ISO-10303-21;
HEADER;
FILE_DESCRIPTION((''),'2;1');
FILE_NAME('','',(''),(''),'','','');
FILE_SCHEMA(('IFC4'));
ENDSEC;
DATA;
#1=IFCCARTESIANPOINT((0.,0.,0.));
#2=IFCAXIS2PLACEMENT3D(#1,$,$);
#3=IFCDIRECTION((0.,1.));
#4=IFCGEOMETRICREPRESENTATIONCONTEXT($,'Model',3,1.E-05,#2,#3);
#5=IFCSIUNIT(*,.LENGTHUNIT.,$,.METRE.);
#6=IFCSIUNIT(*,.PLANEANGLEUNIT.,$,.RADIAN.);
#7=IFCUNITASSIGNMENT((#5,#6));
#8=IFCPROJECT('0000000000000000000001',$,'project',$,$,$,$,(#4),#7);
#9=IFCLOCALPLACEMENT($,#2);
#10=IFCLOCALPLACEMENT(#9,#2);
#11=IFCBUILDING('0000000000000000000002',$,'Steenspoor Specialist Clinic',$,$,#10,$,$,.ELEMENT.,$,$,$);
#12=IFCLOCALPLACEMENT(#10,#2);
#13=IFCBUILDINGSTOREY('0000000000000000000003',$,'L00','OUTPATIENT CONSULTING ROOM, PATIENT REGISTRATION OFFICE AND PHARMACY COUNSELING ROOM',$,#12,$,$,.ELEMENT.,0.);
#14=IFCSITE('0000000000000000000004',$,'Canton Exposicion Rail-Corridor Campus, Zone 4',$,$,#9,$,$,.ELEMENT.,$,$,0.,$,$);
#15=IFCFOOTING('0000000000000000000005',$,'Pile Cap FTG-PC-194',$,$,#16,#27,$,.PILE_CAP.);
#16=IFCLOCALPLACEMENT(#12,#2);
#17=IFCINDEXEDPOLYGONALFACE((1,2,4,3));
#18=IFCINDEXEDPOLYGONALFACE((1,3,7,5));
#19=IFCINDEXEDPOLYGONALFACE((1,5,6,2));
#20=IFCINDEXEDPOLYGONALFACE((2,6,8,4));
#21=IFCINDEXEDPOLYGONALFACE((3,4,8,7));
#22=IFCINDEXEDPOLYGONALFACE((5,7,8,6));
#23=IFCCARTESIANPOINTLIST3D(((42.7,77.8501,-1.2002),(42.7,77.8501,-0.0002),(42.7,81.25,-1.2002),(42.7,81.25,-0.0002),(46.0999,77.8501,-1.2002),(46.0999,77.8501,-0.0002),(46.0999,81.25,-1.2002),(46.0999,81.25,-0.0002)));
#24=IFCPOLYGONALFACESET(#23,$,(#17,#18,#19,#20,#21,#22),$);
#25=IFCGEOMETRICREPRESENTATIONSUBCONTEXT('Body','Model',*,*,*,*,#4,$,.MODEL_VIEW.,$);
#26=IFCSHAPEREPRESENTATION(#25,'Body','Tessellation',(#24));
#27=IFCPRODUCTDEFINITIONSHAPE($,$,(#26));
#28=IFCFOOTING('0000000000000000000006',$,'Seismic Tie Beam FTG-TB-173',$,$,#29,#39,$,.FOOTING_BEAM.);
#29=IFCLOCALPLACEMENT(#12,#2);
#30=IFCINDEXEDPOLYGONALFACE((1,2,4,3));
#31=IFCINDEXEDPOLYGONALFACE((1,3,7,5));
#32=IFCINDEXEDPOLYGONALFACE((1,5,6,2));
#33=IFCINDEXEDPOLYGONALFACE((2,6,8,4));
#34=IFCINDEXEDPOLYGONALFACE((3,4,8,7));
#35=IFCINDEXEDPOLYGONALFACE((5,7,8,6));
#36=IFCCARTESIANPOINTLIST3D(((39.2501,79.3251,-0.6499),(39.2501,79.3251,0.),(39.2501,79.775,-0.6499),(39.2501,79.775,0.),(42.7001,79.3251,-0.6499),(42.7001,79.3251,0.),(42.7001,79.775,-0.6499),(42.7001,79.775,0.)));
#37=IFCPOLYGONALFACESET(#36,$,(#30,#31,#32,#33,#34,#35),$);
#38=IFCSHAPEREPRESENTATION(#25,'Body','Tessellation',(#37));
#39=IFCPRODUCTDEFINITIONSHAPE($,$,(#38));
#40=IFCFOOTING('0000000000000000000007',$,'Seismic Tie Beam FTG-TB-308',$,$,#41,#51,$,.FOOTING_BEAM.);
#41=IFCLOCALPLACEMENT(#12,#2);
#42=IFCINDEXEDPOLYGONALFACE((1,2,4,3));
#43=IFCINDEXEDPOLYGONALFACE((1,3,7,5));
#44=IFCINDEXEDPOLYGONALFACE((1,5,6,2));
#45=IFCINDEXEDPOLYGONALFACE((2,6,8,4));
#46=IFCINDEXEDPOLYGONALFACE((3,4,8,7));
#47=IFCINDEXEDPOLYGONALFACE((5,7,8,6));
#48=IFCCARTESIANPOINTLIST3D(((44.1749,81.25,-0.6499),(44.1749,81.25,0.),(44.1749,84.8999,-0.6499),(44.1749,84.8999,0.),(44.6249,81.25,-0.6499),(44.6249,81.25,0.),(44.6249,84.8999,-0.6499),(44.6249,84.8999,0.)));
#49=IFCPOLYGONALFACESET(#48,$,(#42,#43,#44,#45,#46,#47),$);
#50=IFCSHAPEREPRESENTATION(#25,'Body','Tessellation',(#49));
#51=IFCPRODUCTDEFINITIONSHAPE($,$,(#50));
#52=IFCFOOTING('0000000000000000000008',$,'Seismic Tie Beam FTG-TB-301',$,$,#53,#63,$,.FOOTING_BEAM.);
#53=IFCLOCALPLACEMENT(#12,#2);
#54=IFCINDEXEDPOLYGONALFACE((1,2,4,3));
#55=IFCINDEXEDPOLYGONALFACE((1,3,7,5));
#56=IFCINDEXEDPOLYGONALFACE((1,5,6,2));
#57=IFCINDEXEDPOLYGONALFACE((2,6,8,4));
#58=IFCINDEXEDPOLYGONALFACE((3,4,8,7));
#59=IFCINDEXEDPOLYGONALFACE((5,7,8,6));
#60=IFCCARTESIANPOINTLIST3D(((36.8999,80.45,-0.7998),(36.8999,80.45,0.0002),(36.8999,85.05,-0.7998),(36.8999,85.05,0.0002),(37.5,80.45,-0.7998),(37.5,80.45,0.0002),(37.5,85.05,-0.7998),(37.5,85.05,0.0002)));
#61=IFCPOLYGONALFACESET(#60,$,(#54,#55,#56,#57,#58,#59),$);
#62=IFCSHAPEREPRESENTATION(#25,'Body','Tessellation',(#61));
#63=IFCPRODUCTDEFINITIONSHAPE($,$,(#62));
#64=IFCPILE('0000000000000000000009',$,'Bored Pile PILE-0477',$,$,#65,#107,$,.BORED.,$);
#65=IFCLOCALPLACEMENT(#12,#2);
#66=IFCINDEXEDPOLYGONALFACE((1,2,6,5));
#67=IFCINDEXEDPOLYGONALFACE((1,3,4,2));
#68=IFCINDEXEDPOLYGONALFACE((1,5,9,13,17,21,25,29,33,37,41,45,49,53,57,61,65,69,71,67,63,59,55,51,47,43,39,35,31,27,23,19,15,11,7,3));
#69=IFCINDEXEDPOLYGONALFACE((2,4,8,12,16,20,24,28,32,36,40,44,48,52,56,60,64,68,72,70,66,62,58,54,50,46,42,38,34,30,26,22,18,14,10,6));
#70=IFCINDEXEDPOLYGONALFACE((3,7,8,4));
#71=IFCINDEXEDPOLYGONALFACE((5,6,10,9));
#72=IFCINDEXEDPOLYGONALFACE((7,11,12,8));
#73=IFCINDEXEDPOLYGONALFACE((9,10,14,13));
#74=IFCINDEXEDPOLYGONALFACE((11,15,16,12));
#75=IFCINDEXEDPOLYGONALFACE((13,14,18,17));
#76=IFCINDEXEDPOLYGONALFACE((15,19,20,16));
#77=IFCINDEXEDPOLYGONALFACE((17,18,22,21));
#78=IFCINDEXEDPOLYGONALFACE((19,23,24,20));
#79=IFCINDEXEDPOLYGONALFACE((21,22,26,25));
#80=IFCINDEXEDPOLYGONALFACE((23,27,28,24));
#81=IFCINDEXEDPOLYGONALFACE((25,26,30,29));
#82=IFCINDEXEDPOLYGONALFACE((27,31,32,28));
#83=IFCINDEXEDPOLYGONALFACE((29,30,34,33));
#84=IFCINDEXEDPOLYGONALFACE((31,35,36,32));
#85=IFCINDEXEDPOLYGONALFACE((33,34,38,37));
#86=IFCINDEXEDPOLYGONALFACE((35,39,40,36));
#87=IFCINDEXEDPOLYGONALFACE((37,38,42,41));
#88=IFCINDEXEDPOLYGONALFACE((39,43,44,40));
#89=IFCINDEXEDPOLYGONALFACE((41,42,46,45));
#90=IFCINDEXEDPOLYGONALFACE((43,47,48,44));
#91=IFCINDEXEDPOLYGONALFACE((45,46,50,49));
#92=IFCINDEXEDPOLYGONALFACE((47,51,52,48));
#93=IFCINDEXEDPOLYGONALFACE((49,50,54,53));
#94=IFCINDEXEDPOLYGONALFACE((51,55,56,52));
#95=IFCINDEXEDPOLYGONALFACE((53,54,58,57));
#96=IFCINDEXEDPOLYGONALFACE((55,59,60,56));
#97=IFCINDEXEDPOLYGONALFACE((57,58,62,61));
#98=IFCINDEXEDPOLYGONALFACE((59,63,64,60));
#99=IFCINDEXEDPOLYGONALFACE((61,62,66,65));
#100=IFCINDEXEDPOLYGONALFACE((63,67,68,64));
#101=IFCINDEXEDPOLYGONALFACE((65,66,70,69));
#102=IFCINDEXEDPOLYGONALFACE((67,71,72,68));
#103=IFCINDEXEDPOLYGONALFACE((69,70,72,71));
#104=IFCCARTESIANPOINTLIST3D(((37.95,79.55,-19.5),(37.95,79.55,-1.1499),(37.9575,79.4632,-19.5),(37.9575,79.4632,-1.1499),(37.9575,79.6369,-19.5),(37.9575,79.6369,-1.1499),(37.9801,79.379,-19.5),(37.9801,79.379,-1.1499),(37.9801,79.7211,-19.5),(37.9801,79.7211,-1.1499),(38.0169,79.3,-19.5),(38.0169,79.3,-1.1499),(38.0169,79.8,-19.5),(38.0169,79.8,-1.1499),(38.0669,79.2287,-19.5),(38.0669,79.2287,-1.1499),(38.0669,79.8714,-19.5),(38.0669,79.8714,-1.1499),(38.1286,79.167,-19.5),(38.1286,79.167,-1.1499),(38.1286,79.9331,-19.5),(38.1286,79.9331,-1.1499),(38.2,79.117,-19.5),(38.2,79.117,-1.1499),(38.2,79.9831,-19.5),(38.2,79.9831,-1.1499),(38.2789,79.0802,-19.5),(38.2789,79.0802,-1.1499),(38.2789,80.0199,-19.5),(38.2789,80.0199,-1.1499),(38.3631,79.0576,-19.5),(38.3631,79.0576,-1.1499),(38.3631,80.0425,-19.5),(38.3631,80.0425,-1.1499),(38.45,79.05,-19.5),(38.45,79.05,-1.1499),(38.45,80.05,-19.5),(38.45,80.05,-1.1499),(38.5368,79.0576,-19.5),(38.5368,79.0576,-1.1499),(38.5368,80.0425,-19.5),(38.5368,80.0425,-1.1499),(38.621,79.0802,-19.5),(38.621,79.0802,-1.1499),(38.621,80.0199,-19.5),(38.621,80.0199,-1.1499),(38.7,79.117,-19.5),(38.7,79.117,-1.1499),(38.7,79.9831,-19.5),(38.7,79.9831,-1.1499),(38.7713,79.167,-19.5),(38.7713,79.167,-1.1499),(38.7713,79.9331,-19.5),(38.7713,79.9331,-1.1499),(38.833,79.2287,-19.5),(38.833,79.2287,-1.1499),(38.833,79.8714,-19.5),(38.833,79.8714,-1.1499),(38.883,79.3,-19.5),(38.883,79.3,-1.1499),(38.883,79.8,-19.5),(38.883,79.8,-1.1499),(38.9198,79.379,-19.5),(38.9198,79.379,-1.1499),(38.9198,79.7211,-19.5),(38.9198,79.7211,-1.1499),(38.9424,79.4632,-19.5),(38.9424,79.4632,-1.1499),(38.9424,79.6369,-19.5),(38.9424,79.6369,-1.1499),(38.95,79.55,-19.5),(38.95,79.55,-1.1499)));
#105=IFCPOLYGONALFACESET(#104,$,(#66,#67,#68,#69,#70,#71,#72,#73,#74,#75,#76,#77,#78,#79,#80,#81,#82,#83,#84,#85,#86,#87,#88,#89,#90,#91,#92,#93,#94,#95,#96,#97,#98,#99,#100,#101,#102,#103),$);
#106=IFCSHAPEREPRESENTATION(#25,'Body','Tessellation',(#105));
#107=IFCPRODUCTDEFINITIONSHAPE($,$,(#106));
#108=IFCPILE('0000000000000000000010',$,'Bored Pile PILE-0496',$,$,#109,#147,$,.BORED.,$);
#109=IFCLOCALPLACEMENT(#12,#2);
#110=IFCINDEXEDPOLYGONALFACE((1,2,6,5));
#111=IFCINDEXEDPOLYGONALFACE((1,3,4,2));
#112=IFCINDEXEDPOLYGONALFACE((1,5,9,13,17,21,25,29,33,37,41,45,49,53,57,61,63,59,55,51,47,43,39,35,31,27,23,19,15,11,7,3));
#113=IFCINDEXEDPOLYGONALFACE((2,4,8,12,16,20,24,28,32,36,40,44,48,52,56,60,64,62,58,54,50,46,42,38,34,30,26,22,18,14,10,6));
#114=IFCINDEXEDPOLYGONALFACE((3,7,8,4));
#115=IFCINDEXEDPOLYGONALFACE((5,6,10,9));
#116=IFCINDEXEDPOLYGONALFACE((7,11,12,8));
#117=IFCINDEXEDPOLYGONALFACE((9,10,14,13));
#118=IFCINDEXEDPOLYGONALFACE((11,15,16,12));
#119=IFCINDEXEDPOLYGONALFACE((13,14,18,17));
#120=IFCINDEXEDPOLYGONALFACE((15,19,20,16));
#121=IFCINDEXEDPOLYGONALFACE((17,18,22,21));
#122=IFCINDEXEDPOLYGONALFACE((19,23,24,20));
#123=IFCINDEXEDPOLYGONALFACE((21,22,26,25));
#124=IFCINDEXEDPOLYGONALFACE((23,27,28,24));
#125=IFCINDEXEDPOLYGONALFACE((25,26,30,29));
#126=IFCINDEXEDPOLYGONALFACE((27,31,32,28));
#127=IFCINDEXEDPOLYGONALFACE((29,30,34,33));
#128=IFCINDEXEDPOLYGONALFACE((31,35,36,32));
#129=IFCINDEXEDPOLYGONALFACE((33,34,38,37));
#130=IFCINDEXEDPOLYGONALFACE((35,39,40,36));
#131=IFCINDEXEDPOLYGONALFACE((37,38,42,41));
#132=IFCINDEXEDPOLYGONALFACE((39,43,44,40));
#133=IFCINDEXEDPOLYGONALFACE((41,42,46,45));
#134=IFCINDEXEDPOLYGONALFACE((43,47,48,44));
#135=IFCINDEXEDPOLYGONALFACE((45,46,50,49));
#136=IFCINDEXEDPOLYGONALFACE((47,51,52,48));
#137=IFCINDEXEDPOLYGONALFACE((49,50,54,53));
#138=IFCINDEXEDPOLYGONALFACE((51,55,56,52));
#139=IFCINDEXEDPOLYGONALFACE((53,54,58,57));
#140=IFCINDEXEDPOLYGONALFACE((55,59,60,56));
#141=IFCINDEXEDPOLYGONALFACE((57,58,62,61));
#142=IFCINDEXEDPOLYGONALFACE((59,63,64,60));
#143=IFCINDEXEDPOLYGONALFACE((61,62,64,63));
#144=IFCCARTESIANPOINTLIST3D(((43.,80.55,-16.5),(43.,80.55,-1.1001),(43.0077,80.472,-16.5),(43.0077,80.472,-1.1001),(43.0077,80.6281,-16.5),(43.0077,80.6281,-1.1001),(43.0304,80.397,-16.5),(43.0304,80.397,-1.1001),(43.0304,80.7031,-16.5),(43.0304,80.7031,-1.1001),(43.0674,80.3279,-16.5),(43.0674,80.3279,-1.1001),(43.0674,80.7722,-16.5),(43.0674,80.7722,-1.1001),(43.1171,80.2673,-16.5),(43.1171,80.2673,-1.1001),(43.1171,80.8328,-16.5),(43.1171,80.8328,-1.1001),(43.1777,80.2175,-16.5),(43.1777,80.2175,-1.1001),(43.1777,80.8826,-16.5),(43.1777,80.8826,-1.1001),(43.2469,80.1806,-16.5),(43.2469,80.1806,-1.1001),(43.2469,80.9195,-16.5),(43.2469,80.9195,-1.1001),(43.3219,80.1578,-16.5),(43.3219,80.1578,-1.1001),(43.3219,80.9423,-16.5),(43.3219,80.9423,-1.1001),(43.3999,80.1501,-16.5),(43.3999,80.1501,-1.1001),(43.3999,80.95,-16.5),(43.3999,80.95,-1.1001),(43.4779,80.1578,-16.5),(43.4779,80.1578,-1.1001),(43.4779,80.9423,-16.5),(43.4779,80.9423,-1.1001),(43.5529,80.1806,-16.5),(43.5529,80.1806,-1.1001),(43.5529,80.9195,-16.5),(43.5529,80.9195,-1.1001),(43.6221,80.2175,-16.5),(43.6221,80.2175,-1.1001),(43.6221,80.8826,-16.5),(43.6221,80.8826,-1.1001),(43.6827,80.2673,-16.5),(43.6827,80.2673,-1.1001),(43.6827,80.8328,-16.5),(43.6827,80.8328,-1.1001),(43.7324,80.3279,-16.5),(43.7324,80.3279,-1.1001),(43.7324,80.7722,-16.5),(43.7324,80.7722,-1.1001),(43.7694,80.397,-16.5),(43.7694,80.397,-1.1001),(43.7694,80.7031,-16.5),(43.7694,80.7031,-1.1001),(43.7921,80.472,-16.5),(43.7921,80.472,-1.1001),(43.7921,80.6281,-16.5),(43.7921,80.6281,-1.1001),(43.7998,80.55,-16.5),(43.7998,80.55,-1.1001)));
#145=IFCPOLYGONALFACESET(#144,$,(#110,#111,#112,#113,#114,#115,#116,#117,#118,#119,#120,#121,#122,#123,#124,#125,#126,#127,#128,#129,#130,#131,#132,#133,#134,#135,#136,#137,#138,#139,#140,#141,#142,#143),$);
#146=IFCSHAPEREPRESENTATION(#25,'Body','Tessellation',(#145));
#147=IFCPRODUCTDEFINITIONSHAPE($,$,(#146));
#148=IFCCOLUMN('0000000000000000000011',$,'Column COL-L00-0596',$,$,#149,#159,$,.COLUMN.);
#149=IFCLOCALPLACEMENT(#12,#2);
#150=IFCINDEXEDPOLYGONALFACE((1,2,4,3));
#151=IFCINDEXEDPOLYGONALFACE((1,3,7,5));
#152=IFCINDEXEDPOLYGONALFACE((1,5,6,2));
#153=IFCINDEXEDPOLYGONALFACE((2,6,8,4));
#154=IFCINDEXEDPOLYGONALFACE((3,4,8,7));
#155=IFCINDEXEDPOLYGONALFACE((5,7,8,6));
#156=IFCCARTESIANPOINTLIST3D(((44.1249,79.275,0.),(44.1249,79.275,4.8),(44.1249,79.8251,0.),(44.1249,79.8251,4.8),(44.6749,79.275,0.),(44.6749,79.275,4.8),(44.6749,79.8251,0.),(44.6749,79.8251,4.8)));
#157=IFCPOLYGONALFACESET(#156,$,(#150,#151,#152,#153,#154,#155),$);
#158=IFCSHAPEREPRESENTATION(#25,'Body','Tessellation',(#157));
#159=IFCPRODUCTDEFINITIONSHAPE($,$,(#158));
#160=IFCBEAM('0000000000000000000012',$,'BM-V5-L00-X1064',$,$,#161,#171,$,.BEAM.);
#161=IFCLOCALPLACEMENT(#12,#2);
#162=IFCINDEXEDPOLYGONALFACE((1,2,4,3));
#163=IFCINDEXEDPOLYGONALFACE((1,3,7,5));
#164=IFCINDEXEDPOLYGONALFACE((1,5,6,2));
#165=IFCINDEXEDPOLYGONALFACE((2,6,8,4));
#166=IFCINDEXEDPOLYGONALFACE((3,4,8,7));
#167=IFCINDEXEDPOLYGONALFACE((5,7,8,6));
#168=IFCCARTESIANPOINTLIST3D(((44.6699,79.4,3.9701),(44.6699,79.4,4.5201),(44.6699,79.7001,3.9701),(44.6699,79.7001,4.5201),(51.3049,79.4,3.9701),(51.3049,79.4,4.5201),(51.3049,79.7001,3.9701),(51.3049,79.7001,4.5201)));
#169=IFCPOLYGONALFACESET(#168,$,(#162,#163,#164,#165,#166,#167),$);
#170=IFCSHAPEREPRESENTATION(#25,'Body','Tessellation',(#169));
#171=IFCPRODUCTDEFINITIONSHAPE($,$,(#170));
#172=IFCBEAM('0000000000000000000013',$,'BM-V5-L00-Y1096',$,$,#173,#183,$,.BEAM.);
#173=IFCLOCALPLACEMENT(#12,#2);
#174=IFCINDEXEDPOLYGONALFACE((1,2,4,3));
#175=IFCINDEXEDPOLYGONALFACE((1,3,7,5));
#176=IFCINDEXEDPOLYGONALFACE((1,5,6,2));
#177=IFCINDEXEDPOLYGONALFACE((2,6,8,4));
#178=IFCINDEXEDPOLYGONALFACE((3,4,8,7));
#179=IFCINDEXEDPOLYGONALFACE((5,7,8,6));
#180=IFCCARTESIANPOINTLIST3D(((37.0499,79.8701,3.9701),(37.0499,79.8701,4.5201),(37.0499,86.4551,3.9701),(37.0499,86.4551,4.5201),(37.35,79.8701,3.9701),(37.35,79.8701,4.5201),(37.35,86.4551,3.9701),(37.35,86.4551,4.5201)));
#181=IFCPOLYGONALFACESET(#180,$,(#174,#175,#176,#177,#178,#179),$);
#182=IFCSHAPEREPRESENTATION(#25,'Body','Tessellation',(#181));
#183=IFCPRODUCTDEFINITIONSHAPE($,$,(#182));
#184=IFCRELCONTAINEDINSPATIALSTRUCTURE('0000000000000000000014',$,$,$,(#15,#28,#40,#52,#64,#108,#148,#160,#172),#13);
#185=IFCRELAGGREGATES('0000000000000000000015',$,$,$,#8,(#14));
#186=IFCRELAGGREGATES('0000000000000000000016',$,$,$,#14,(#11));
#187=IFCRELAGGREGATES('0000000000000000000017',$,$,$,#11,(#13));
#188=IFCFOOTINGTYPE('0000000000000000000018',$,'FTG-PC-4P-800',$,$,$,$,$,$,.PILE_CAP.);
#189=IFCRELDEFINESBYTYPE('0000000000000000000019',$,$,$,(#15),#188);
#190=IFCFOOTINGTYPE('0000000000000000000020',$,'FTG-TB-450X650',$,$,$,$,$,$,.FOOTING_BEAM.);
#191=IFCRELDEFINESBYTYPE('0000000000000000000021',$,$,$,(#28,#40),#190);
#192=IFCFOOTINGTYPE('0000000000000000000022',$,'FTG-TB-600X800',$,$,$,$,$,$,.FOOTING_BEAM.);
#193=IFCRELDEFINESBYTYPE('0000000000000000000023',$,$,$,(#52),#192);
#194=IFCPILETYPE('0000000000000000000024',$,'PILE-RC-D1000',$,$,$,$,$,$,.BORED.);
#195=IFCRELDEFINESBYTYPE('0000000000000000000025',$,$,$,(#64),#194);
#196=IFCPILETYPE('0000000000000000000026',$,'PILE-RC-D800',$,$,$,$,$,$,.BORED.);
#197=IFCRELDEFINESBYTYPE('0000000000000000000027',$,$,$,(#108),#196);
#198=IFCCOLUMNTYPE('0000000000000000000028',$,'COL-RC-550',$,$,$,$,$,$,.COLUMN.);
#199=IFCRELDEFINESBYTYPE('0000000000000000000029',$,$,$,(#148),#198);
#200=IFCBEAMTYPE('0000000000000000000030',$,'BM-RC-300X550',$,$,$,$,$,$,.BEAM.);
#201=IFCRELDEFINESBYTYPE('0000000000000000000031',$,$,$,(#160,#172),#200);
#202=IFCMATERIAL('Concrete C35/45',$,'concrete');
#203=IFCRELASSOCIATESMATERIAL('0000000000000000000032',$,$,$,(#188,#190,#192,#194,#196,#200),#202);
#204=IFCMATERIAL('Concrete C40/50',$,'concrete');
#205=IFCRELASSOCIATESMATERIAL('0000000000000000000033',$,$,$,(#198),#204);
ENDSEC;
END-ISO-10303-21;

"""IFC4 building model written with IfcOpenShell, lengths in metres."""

from ifc_helpers import new_model, si_unit, direction, frame, origin, origin_2d, place, context, subcontext, project, spatial, rectangle, circle, extrude, material, material_profile, profile_set, type_object, element, save


model = new_model("IFC4")

# Units and contexts
model_context = context("Model", 3, precision=1e-05, world=origin(), true_north=direction((0.0, 1.0)))
body_context = subcontext(model_context, "Body", "Model", "MODEL_VIEW")
ifc_project = project(units=[si_unit("LENGTHUNIT", "METRE"), si_unit("PLANEANGLEUNIT", "RADIAN")], contexts=[model_context])

# Site, building, storey
site_placement = place(None, origin())
site = spatial("IfcSite", under=ifc_project, at=site_placement, Name="Canton Exposicion Rail-Corridor Campus, Zone 4", CompositionType="ELEMENT", RefElevation=0.0)
building_placement = place(site_placement, origin())
building = spatial("IfcBuilding", under=site, at=building_placement, Name="Steenspoor Specialist Clinic", CompositionType="ELEMENT")
storey_placement = place(building_placement, origin())
storey = spatial("IfcBuildingStorey", under=building, at=storey_placement, Name="L00", Description="OUTPATIENT CONSULTING ROOM, PATIENT REGISTRATION OFFICE AND PHARMACY COUNSELING ROOM", CompositionType="ELEMENT", Elevation=0.0)

# Footings
ifc_material_1 = material(Name="Concrete C35/45", Category="concrete")
footing_type_1 = type_object("IfcFootingType", Name="FTG-PC-4P-800", PredefinedType="PILE_CAP", material=ifc_material_1)
footing_1_placement = place(storey_placement, frame((44.3999, 79.55, -1.2002), z_axis=(0.0, 0.0, 1.0), x_axis=(1.0, 0.0, 0.0)))
element("IfcFooting", 1, at=footing_1_placement, inside=storey, type_object=footing_type_1, Name="Pile Cap FTG-PC-194", PredefinedType="PILE_CAP", context=body_context, shape_type="SweptSolid", body=[
    extrude(rectangle(XDim=3.3999, YDim=3.3999, at=origin_2d()), origin(), (0.0, 0.0, 1.0), 1.2),
])
footing_type_2 = type_object("IfcFootingType", Name="FTG-TB-450X650", PredefinedType="FOOTING_BEAM", material=ifc_material_1)
footing_2_placement = place(storey_placement, frame((40.9751, 79.55, -0.6499), z_axis=(0.0, 0.0, 1.0), x_axis=(1.0, 0.0, 0.0)))
element("IfcFooting", 2, at=footing_2_placement, inside=storey, type_object=footing_type_2, Name="Seismic Tie Beam FTG-TB-173", PredefinedType="FOOTING_BEAM", context=body_context, shape_type="SweptSolid", body=[
    extrude(rectangle(XDim=3.45, YDim=0.45, at=origin_2d()), origin(), (0.0, 0.0, 1.0), 0.6499),
])
footing_3_placement = place(storey_placement, frame((44.3999, 83.075, -0.6499), z_axis=(0.0, 0.0, 1.0), x_axis=(1.0, 0.0, 0.0)))
element("IfcFooting", 3, at=footing_3_placement, inside=storey, type_object=footing_type_2, Name="Seismic Tie Beam FTG-TB-308", PredefinedType="FOOTING_BEAM", context=body_context, shape_type="SweptSolid", body=[
    extrude(rectangle(XDim=0.45, YDim=3.6499, at=origin_2d()), origin(), (0.0, 0.0, 1.0), 0.6499),
])
footing_type_3 = type_object("IfcFootingType", Name="FTG-TB-600X800", PredefinedType="FOOTING_BEAM", material=ifc_material_1)
footing_4_placement = place(storey_placement, frame((37.2, 82.75, -0.7998), z_axis=(0.0, 0.0, 1.0), x_axis=(1.0, 0.0, 0.0)))
element("IfcFooting", 4, at=footing_4_placement, inside=storey, type_object=footing_type_3, Name="Seismic Tie Beam FTG-TB-301", PredefinedType="FOOTING_BEAM", context=body_context, shape_type="SweptSolid", body=[
    extrude(rectangle(XDim=0.6001, YDim=4.6001, at=origin_2d()), origin(), (0.0, 0.0, 1.0), 0.8),
])

# Piles
ifc_material_profile_1 = material_profile(ifc_material_1, circle(Radius=0.5, at=origin_2d()), Name="PILE-D1000")
ifc_profile_set_1 = profile_set([ifc_material_profile_1], Name="Concrete C35/45")
pile_type_1 = type_object("IfcPileType", Name="PILE-RC-D1000", PredefinedType="BORED", material=ifc_profile_set_1)
pile_1_placement = place(storey_placement, frame((38.45, 79.55, -1.1499), z_axis=(0.0, 0.0, -1.0), x_axis=(1.0, 0.0, 0.0)))
element("IfcPile", 5, at=pile_1_placement, inside=storey, type_object=pile_type_1, Name="Bored Pile PILE-0477", PredefinedType="BORED", context=body_context, shape_type="SweptSolid", body=[
    extrude(circle(Radius=0.5, at=origin_2d()), origin(), (0.0, 0.0, 1.0), 18.3501),
])
ifc_material_profile_2 = material_profile(ifc_material_1, circle(Radius=0.3999, at=origin_2d()), Name="PILE-D800")
ifc_profile_set_2 = profile_set([ifc_material_profile_2], Name="Concrete C35/45")
pile_type_2 = type_object("IfcPileType", Name="PILE-RC-D800", PredefinedType="BORED", material=ifc_profile_set_2)
pile_2_placement = place(storey_placement, frame((43.3999, 80.55, -1.1001), z_axis=(0.0, 0.0, -1.0), x_axis=(1.0, 0.0, 0.0)))
element("IfcPile", 6, at=pile_2_placement, inside=storey, type_object=pile_type_2, Name="Bored Pile PILE-0496", PredefinedType="BORED", context=body_context, shape_type="SweptSolid", body=[
    extrude(circle(Radius=0.3999, at=origin_2d()), origin(), (0.0, 0.0, 1.0), 15.3999),
])

# Column
ifc_material_2 = material(Name="Concrete C40/50", Category="concrete")
ifc_material_profile_3 = material_profile(ifc_material_2, rectangle(XDim=0.55, YDim=0.55, at=origin_2d()), Name="RC-COL-550X550")
ifc_profile_set_3 = profile_set([ifc_material_profile_3], Name="Concrete C40/50")
column_type = type_object("IfcColumnType", Name="COL-RC-550", PredefinedType="COLUMN", material=ifc_profile_set_3)
column_placement = place(storey_placement, frame((44.3999, 79.55, 0.0), z_axis=(0.0, 0.0, 1.0), x_axis=(1.0, 0.0, 0.0)))
element("IfcColumn", 7, at=column_placement, inside=storey, type_object=column_type, Name="Column COL-L00-0596", PredefinedType="COLUMN", context=body_context, shape_type="SweptSolid", body=[
    extrude(rectangle(XDim=0.55, YDim=0.55, at=origin_2d()), origin(), (0.0, 0.0, 1.0), 4.8),
])

# Beams
ifc_material_profile_4 = material_profile(ifc_material_1, rectangle(XDim=0.3, YDim=0.55, at=origin_2d()), Name="RC-BM-300X550")
ifc_profile_set_4 = profile_set([ifc_material_profile_4], Name="Concrete C35/45")
beam_type_1 = type_object("IfcBeamType", Name="BM-RC-300X550", PredefinedType="BEAM", material=ifc_profile_set_4)
beam_1_placement = place(storey_placement, frame((44.6699, 79.55, 4.2451), z_axis=(1.0, 0.0, 0.0), x_axis=(0.0, 1.0, 0.0)))
element("IfcBeam", 8, at=beam_1_placement, inside=storey, type_object=beam_type_1, Name="BM-V5-L00-X1064", PredefinedType="BEAM", context=body_context, shape_type="SweptSolid", body=[
    extrude(rectangle(XDim=0.3, YDim=0.55, at=origin_2d()), origin(), (0.0, 0.0, 1.0), 6.635),
])
beam_2_placement = place(storey_placement, frame((37.2, 79.8701, 4.2451), z_axis=(0.0, 1.0, 0.0), x_axis=(-1.0, 0.0, 0.0)))
element("IfcBeam", 9, at=beam_2_placement, inside=storey, type_object=beam_type_1, Name="BM-V5-L00-Y1096", PredefinedType="BEAM", context=body_context, shape_type="SweptSolid", body=[
    extrude(rectangle(XDim=0.3, YDim=0.55, at=origin_2d()), origin(), (0.0, 0.0, 1.0), 6.585),
])

save(model, "model.ifc")
